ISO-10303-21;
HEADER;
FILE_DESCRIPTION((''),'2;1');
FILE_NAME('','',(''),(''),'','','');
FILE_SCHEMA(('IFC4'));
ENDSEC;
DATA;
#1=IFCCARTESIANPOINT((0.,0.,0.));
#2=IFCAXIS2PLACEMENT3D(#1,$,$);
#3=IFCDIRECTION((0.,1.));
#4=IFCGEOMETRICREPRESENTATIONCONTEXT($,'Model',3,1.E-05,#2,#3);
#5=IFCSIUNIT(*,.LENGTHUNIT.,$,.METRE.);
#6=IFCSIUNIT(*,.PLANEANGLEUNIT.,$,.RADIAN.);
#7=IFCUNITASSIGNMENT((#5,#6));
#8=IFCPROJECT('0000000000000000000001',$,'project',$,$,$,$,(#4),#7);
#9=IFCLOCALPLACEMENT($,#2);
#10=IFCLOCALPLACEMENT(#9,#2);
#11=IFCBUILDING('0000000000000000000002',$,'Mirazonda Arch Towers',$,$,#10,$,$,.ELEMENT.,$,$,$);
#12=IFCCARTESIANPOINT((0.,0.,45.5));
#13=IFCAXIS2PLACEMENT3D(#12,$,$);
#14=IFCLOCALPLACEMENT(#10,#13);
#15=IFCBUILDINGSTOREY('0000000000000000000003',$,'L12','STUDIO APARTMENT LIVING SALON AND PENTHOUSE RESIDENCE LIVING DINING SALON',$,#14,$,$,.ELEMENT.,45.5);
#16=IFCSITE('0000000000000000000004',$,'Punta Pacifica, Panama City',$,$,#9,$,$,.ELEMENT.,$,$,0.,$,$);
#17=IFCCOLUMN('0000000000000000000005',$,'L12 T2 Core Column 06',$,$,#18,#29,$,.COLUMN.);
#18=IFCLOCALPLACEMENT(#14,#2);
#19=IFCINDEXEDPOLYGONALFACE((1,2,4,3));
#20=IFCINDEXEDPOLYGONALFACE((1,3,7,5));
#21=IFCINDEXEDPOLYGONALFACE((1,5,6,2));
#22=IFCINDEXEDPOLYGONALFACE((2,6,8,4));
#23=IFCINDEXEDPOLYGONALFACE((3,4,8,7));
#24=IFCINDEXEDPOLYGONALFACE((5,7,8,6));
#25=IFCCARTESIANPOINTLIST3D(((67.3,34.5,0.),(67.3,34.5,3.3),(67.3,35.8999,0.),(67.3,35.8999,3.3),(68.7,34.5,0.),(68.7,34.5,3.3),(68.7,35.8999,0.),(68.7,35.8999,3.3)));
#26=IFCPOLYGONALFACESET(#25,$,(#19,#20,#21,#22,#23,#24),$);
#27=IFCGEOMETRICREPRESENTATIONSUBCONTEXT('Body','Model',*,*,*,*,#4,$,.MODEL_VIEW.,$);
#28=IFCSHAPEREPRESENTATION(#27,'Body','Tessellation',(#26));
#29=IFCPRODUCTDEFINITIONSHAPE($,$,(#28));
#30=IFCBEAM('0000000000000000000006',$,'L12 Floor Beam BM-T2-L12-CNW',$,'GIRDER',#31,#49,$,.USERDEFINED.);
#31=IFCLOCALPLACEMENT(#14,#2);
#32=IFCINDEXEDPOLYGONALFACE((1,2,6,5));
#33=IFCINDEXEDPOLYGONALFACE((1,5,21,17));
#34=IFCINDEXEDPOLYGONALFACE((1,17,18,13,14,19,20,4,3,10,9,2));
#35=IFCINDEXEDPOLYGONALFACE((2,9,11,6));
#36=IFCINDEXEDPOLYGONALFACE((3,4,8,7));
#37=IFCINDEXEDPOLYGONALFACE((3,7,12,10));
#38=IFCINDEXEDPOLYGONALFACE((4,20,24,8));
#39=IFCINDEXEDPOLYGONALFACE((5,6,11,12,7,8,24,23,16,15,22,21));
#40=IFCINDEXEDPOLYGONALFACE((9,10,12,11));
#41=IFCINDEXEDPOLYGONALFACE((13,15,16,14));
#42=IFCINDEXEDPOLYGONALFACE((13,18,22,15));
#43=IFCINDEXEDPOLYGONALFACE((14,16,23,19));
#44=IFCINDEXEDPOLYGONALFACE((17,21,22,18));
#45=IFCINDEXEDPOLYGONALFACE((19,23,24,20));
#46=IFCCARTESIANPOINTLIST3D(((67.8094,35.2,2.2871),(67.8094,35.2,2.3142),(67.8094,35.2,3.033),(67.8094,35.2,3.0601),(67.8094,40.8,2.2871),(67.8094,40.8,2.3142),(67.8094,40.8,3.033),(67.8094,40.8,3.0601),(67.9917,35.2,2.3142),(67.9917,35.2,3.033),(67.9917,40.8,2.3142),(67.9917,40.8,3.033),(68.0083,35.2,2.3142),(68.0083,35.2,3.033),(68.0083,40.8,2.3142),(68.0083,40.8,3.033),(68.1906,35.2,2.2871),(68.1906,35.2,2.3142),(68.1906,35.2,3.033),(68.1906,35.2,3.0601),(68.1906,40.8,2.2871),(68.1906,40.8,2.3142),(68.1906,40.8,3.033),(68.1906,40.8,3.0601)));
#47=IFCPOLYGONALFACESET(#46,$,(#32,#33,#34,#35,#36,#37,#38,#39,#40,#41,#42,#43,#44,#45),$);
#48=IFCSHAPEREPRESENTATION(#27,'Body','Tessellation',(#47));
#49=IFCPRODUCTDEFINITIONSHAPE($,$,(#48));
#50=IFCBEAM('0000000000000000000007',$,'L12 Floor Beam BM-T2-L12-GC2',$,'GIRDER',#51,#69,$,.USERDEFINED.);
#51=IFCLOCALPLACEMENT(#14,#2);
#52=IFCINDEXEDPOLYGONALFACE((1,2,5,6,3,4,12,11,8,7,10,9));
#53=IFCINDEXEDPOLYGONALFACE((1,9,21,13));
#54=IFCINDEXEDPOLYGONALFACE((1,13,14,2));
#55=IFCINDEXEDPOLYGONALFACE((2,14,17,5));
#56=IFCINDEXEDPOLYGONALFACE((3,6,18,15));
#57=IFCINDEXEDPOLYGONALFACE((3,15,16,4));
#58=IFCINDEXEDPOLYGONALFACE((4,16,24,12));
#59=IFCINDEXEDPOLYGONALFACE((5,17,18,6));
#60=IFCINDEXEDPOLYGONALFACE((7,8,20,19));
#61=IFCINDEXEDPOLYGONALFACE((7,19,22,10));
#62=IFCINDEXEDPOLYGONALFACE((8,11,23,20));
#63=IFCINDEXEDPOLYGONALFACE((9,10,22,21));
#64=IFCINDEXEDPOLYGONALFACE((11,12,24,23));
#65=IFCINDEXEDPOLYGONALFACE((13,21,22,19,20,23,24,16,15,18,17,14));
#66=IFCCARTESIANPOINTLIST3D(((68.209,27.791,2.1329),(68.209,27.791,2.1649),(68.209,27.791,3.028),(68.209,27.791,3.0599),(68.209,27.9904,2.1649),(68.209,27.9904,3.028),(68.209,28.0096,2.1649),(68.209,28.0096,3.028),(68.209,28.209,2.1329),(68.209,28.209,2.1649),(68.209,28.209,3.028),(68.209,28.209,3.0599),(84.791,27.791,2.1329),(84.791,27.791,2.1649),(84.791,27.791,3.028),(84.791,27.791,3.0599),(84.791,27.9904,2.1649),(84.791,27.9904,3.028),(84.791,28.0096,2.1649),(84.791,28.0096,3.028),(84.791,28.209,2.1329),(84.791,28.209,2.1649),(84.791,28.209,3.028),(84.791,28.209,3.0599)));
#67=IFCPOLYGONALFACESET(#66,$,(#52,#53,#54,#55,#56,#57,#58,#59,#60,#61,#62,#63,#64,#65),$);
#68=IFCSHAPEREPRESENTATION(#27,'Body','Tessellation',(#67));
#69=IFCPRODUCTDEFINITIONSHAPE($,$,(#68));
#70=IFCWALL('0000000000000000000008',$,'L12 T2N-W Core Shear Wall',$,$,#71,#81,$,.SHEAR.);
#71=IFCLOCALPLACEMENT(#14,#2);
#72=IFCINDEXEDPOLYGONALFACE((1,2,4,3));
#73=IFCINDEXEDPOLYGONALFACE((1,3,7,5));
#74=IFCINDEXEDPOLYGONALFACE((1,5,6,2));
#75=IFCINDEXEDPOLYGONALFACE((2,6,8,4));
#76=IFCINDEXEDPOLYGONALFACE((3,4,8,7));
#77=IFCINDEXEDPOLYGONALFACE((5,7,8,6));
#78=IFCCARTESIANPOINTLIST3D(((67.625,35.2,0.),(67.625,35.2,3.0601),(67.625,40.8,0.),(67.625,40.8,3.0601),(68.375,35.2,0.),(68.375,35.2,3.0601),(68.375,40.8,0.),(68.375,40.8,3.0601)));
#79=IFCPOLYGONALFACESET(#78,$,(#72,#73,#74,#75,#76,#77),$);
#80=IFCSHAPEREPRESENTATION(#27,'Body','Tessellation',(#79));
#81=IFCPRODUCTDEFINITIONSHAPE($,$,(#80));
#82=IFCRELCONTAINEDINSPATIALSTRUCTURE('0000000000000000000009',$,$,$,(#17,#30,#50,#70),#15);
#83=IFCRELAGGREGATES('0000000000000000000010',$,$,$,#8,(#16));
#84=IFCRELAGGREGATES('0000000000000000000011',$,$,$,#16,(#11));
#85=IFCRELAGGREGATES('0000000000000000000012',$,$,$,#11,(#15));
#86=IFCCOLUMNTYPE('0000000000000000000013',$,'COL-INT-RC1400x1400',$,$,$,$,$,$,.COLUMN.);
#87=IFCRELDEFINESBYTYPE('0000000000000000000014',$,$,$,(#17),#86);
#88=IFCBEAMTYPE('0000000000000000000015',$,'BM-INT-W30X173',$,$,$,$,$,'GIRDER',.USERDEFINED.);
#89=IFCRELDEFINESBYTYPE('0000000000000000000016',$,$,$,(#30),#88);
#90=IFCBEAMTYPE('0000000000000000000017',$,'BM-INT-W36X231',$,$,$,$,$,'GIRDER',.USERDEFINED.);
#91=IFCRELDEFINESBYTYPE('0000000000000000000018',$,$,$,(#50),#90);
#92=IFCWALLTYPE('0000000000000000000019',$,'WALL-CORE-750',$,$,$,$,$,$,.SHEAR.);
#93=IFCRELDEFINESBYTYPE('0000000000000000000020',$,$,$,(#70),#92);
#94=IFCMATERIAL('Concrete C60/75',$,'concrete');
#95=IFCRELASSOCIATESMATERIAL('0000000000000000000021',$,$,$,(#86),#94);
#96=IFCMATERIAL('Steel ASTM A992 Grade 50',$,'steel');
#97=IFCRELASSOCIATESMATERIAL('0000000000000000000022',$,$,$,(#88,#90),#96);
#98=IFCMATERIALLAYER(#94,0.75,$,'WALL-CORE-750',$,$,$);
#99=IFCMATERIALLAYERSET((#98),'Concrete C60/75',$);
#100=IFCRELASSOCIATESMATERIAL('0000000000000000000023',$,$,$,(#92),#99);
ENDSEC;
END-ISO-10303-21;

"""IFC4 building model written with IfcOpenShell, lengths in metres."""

from ifc_helpers import new_model, si_unit, direction, frame, frame_2d, origin, origin_2d, place, context, subcontext, project, spatial, rectangle, i_section, extrude, material, layer, layer_set, material_profile, profile_set, type_object, element, save


model = new_model("IFC4")

# Units and contexts
model_context = context("Model", 3, precision=1e-05, world=origin(), true_north=direction((0.0, 1.0)))
body_context = subcontext(model_context, "Body", "Model", "MODEL_VIEW")
ifc_project = project(units=[si_unit("LENGTHUNIT", "METRE"), si_unit("PLANEANGLEUNIT", "RADIAN")], contexts=[model_context])

# Site, building, storey
site_placement = place(None, origin())
site = spatial("IfcSite", under=ifc_project, at=site_placement, Name="Punta Pacifica, Panama City", CompositionType="ELEMENT", RefElevation=0.0)
building_placement = place(site_placement, origin())
building = spatial("IfcBuilding", under=site, at=building_placement, Name="Mirazonda Arch Towers", CompositionType="ELEMENT")
storey_placement = place(building_placement, frame((0.0, 0.0, 45.5)))
storey = spatial("IfcBuildingStorey", under=building, at=storey_placement, Name="L12", Description="STUDIO APARTMENT LIVING SALON AND PENTHOUSE RESIDENCE LIVING DINING SALON", CompositionType="ELEMENT", Elevation=45.5)

# Column
ifc_material_1 = material(Name="Concrete C60/75", Category="concrete")
ifc_material_profile_1 = material_profile(ifc_material_1, rectangle(XDim=1.3999, YDim=1.3999, at=origin_2d()), Name="RC1400x1400")
ifc_profile_set_1 = profile_set([ifc_material_profile_1], Name="Concrete C60/75")
column_type = type_object("IfcColumnType", Name="COL-INT-RC1400x1400", PredefinedType="COLUMN", material=ifc_profile_set_1)
column_placement = place(storey_placement, frame((68.0, 35.2, 0.0), z_axis=(0.0, 0.0, 1.0), x_axis=(1.0, 0.0, 0.0)))
element("IfcColumn", 1, at=column_placement, inside=storey, type_object=column_type, Name="L12 T2 Core Column 06", PredefinedType="COLUMN", context=body_context, shape_type="SweptSolid", body=[
    extrude(rectangle(XDim=1.3999, YDim=1.3999, at=origin_2d()), origin(), (0.0, 0.0, 1.0), 3.3),
])

# Beams
ifc_material_2 = material(Name="Steel ASTM A992 Grade 50", Category="steel")
ifc_material_profile_2 = material_profile(ifc_material_2, i_section(OverallWidth=0.3811, OverallDepth=0.7729, WebThickness=0.0166, FlangeThickness=0.0271, at=origin_2d()), Name="W30X173")
ifc_profile_set_2 = profile_set([ifc_material_profile_2], Name="Steel ASTM A992 Grade 50")
beam_type_1 = type_object("IfcBeamType", Name="BM-INT-W30X173", ElementType="GIRDER", PredefinedType="USERDEFINED", material=ifc_profile_set_2)
beam_1_placement = place(storey_placement, frame((68.0, 35.2, 2.6736), z_axis=(0.0, 1.0, 0.0), x_axis=(-1.0, 0.0, 0.0)))
element("IfcBeam", 2, at=beam_1_placement, inside=storey, type_object=beam_type_1, Name="L12 Floor Beam BM-T2-L12-CNW", ObjectType="GIRDER", PredefinedType="USERDEFINED", context=body_context, shape_type="SweptSolid", body=[
    extrude(i_section(OverallWidth=0.3811, OverallDepth=0.7729, WebThickness=0.0166, FlangeThickness=0.0271, at=origin_2d()), origin(), (0.0, 0.0, 1.0), 5.6001),
])
ifc_material_profile_3 = material_profile(ifc_material_2, i_section(OverallWidth=0.418, OverallDepth=0.927, WebThickness=0.0193, FlangeThickness=0.032, at=origin_2d()), Name="W36X231")
ifc_profile_set_3 = profile_set([ifc_material_profile_3], Name="Steel ASTM A992 Grade 50")
beam_type_2 = type_object("IfcBeamType", Name="BM-INT-W36X231", ElementType="GIRDER", PredefinedType="USERDEFINED", material=ifc_profile_set_3)
beam_2_placement = place(storey_placement, frame((68.209, 28.0, 2.5964), z_axis=(1.0, 0.0, 0.0), x_axis=(0.0, 1.0, 0.0)))
element("IfcBeam", 3, at=beam_2_placement, inside=storey, type_object=beam_type_2, Name="L12 Floor Beam BM-T2-L12-GC2", ObjectType="GIRDER", PredefinedType="USERDEFINED", context=body_context, shape_type="SweptSolid", body=[
    extrude(i_section(OverallWidth=0.418, OverallDepth=0.927, WebThickness=0.0193, FlangeThickness=0.032, at=origin_2d()), origin(), (0.0, 0.0, 1.0), 16.582),
])

# Wall
ifc_layer_1 = layer(ifc_material_1, 0.75, Name="WALL-CORE-750")
ifc_layer_set_1 = layer_set([ifc_layer_1], Name="Concrete C60/75")
wall_type_1 = type_object("IfcWallType", Name="WALL-CORE-750", PredefinedType="SHEAR", material=ifc_layer_set_1)
wall_1_placement = place(storey_placement, frame((68.0, 35.2, 0.0), z_axis=(0.0, 0.0, 1.0), x_axis=(0.0, 1.0, 0.0)))
element("IfcWall", 4, at=wall_1_placement, inside=storey, type_object=wall_type_1, Name="L12 T2N-W Core Shear Wall", PredefinedType="SHEAR", context=body_context, shape_type="SweptSolid", body=[
    extrude(rectangle(XDim=5.6001, YDim=0.75, at=frame_2d((2.8, 0.0))), origin(), (0.0, 0.0, 1.0), 3.0601),
])

save(model, "model.ifc")
